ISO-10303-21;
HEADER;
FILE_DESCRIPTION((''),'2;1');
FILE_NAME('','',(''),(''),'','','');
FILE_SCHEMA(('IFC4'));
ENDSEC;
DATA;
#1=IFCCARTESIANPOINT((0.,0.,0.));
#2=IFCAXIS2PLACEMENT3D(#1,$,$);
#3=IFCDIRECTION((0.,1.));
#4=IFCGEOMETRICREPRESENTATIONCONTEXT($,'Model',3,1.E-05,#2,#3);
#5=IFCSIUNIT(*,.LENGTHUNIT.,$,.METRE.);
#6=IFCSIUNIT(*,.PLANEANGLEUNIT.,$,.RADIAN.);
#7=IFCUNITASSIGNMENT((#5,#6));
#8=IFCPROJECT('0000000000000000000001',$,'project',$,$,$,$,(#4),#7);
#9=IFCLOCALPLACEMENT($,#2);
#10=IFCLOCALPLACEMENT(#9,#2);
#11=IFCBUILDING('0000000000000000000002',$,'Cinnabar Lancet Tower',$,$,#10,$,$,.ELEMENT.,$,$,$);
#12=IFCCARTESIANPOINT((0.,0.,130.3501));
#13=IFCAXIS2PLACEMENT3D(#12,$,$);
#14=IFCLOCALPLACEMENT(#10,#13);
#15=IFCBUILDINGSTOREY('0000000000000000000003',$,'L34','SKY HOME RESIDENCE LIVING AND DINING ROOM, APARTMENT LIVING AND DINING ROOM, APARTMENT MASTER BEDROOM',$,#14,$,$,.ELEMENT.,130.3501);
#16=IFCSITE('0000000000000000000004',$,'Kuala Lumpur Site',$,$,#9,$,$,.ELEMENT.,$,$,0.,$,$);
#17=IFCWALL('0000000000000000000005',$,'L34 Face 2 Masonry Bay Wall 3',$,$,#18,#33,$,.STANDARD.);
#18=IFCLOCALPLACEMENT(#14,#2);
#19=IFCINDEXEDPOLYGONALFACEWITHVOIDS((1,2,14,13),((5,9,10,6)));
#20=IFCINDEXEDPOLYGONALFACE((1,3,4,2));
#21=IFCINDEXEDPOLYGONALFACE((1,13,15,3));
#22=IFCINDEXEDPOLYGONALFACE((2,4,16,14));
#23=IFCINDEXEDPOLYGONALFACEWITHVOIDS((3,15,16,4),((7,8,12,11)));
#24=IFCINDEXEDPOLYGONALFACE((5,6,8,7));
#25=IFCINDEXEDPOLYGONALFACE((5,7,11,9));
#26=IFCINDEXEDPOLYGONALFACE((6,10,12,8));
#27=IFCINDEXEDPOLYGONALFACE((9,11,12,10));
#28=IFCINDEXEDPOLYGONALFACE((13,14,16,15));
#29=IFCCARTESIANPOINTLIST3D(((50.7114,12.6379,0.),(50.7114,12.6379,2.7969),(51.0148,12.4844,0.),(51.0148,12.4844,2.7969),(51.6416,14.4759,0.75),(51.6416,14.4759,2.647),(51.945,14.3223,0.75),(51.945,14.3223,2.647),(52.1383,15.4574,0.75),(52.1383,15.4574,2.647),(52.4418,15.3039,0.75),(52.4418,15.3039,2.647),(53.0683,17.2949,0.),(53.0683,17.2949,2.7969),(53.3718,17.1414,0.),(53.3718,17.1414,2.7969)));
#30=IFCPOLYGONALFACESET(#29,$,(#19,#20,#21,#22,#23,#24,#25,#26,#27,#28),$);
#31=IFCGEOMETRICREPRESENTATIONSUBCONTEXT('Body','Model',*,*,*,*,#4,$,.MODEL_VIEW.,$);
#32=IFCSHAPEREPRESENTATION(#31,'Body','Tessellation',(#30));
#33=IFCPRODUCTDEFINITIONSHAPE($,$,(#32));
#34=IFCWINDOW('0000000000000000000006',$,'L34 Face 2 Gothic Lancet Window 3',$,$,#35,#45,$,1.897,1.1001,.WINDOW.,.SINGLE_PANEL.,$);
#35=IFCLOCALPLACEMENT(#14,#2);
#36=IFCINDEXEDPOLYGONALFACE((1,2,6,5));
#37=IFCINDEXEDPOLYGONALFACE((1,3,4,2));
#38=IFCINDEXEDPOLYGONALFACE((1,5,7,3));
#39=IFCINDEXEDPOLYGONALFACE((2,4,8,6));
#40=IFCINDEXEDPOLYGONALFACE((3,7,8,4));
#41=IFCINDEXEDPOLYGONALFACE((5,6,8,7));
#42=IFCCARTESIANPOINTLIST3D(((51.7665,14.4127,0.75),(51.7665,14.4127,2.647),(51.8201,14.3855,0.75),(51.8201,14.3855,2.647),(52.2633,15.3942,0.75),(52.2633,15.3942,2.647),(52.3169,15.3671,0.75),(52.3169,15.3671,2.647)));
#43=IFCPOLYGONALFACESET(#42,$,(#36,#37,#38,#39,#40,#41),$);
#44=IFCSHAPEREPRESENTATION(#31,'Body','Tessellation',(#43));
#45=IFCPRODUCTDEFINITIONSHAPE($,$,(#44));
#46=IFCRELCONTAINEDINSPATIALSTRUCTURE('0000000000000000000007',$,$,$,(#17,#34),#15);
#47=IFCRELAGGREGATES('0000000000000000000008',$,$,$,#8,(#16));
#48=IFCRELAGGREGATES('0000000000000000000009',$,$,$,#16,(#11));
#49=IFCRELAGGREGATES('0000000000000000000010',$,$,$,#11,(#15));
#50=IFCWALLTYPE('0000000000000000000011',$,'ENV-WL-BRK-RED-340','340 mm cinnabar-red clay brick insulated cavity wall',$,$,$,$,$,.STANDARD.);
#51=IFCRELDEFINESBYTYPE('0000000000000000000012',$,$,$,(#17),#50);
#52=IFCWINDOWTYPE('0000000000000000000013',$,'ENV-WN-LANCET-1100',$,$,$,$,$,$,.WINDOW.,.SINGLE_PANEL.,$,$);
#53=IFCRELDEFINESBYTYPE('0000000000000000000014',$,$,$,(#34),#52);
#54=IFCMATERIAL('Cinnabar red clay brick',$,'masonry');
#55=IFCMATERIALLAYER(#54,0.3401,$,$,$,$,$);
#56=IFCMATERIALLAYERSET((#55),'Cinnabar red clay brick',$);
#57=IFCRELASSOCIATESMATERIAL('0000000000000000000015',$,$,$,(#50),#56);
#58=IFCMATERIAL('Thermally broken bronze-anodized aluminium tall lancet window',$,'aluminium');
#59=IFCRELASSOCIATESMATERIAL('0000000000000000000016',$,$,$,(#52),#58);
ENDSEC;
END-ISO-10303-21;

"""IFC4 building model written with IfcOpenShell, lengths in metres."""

from ifc_helpers import new_model, si_unit, direction, frame, frame_2d, origin, place, context, subcontext, project, spatial, rectangle, extrude, material, layer, layer_set, type_object, element, fill, save


model = new_model("IFC4")

# Units and contexts
model_context = context("Model", 3, precision=1e-05, world=origin(), true_north=direction((0.0, 1.0)))
body_context = subcontext(model_context, "Body", "Model", "MODEL_VIEW")
ifc_project = project(units=[si_unit("LENGTHUNIT", "METRE"), si_unit("PLANEANGLEUNIT", "RADIAN")], contexts=[model_context])

# Site, building, storey
site_placement = place(None, origin())
site = spatial("IfcSite", under=ifc_project, at=site_placement, Name="Kuala Lumpur Site", CompositionType="ELEMENT", RefElevation=0.0)
building_placement = place(site_placement, origin())
building = spatial("IfcBuilding", under=site, at=building_placement, Name="Cinnabar Lancet Tower", CompositionType="ELEMENT")
storey_placement = place(building_placement, frame((0.0, 0.0, 130.3501)))
storey = spatial("IfcBuildingStorey", under=building, at=storey_placement, Name="L34", Description="SKY HOME RESIDENCE LIVING AND DINING ROOM, APARTMENT LIVING AND DINING ROOM, APARTMENT MASTER BEDROOM", CompositionType="ELEMENT", Elevation=130.3501)

# Shared definitions
ifc_material_1 = material(Name="Cinnabar red clay brick", Category="masonry")
ifc_layer_1 = layer(ifc_material_1, 0.3401)
ifc_layer_set_1 = layer_set([ifc_layer_1], Name="Cinnabar red clay brick")
wall_type_1 = type_object("IfcWallType", Name="ENV-WL-BRK-RED-340", Description="340 mm cinnabar-red clay brick insulated cavity wall", PredefinedType="STANDARD", material=ifc_layer_set_1)

# Wall, opening, window
ifc_material_2 = material(Name="Thermally broken bronze-anodized aluminium tall lancet window", Category="aluminium")
window_type = type_object("IfcWindowType", Name="ENV-WN-LANCET-1100", PartitioningType="SINGLE_PANEL", PredefinedType="WINDOW", material=ifc_material_2)
wall_1_placement = place(storey_placement, frame((50.863, 12.561, 0.0), z_axis=(0.0, 0.0, 1.0), x_axis=(0.451568, 0.892237, 0.0)))
wall_1 = element("IfcWall", 1, at=wall_1_placement, inside=storey, type_object=wall_type_1, Name="L34 Face 2 Masonry Bay Wall 3", PredefinedType="STANDARD", context=body_context, shape_type="SweptSolid", body=[
    extrude(rectangle(XDim=5.2195, YDim=0.3401, at=frame_2d((2.6099, 0.0))), origin(), (0.0, 0.0, 1.0), 2.7969),
])
opening_1_placement = place(wall_1_placement, frame((2.0601, 0.0, 0.75)))
opening_1 = element("IfcOpeningElement", 2, at=opening_1_placement, cuts=wall_1, PredefinedType="OPENING", context=body_context, shape_type="SweptSolid", body=[
    extrude(rectangle(XDim=1.1001, YDim=1.897, at=frame_2d((0.55, 0.9485))), frame((0.0, 0.1799, 0.0), z_axis=(0.0, -1.0, 0.0), x_axis=(1.0, 0.0, 0.0)), (0.0, 0.0, 1.0), 0.3601),
])
window_1_placement = place(opening_1_placement, origin())
window_1 = element("IfcWindow", 3, at=window_1_placement, inside=storey, type_object=window_type, Name="L34 Face 2 Gothic Lancet Window 3", OverallHeight=1.897, OverallWidth=1.1001, PartitioningType="SINGLE_PANEL", PredefinedType="WINDOW", context=body_context, shape_type="SweptSolid", body=[
    extrude(rectangle(XDim=1.1001, YDim=1.897, at=frame_2d((0.55, 0.9485))), frame((0.0, 0.03, 0.0), z_axis=(0.0, -1.0, 0.0), x_axis=(1.0, 0.0, 0.0)), (0.0, 0.0, 1.0), 0.0601),
])
fill(opening_1, window_1)

save(model, "model.ifc")
